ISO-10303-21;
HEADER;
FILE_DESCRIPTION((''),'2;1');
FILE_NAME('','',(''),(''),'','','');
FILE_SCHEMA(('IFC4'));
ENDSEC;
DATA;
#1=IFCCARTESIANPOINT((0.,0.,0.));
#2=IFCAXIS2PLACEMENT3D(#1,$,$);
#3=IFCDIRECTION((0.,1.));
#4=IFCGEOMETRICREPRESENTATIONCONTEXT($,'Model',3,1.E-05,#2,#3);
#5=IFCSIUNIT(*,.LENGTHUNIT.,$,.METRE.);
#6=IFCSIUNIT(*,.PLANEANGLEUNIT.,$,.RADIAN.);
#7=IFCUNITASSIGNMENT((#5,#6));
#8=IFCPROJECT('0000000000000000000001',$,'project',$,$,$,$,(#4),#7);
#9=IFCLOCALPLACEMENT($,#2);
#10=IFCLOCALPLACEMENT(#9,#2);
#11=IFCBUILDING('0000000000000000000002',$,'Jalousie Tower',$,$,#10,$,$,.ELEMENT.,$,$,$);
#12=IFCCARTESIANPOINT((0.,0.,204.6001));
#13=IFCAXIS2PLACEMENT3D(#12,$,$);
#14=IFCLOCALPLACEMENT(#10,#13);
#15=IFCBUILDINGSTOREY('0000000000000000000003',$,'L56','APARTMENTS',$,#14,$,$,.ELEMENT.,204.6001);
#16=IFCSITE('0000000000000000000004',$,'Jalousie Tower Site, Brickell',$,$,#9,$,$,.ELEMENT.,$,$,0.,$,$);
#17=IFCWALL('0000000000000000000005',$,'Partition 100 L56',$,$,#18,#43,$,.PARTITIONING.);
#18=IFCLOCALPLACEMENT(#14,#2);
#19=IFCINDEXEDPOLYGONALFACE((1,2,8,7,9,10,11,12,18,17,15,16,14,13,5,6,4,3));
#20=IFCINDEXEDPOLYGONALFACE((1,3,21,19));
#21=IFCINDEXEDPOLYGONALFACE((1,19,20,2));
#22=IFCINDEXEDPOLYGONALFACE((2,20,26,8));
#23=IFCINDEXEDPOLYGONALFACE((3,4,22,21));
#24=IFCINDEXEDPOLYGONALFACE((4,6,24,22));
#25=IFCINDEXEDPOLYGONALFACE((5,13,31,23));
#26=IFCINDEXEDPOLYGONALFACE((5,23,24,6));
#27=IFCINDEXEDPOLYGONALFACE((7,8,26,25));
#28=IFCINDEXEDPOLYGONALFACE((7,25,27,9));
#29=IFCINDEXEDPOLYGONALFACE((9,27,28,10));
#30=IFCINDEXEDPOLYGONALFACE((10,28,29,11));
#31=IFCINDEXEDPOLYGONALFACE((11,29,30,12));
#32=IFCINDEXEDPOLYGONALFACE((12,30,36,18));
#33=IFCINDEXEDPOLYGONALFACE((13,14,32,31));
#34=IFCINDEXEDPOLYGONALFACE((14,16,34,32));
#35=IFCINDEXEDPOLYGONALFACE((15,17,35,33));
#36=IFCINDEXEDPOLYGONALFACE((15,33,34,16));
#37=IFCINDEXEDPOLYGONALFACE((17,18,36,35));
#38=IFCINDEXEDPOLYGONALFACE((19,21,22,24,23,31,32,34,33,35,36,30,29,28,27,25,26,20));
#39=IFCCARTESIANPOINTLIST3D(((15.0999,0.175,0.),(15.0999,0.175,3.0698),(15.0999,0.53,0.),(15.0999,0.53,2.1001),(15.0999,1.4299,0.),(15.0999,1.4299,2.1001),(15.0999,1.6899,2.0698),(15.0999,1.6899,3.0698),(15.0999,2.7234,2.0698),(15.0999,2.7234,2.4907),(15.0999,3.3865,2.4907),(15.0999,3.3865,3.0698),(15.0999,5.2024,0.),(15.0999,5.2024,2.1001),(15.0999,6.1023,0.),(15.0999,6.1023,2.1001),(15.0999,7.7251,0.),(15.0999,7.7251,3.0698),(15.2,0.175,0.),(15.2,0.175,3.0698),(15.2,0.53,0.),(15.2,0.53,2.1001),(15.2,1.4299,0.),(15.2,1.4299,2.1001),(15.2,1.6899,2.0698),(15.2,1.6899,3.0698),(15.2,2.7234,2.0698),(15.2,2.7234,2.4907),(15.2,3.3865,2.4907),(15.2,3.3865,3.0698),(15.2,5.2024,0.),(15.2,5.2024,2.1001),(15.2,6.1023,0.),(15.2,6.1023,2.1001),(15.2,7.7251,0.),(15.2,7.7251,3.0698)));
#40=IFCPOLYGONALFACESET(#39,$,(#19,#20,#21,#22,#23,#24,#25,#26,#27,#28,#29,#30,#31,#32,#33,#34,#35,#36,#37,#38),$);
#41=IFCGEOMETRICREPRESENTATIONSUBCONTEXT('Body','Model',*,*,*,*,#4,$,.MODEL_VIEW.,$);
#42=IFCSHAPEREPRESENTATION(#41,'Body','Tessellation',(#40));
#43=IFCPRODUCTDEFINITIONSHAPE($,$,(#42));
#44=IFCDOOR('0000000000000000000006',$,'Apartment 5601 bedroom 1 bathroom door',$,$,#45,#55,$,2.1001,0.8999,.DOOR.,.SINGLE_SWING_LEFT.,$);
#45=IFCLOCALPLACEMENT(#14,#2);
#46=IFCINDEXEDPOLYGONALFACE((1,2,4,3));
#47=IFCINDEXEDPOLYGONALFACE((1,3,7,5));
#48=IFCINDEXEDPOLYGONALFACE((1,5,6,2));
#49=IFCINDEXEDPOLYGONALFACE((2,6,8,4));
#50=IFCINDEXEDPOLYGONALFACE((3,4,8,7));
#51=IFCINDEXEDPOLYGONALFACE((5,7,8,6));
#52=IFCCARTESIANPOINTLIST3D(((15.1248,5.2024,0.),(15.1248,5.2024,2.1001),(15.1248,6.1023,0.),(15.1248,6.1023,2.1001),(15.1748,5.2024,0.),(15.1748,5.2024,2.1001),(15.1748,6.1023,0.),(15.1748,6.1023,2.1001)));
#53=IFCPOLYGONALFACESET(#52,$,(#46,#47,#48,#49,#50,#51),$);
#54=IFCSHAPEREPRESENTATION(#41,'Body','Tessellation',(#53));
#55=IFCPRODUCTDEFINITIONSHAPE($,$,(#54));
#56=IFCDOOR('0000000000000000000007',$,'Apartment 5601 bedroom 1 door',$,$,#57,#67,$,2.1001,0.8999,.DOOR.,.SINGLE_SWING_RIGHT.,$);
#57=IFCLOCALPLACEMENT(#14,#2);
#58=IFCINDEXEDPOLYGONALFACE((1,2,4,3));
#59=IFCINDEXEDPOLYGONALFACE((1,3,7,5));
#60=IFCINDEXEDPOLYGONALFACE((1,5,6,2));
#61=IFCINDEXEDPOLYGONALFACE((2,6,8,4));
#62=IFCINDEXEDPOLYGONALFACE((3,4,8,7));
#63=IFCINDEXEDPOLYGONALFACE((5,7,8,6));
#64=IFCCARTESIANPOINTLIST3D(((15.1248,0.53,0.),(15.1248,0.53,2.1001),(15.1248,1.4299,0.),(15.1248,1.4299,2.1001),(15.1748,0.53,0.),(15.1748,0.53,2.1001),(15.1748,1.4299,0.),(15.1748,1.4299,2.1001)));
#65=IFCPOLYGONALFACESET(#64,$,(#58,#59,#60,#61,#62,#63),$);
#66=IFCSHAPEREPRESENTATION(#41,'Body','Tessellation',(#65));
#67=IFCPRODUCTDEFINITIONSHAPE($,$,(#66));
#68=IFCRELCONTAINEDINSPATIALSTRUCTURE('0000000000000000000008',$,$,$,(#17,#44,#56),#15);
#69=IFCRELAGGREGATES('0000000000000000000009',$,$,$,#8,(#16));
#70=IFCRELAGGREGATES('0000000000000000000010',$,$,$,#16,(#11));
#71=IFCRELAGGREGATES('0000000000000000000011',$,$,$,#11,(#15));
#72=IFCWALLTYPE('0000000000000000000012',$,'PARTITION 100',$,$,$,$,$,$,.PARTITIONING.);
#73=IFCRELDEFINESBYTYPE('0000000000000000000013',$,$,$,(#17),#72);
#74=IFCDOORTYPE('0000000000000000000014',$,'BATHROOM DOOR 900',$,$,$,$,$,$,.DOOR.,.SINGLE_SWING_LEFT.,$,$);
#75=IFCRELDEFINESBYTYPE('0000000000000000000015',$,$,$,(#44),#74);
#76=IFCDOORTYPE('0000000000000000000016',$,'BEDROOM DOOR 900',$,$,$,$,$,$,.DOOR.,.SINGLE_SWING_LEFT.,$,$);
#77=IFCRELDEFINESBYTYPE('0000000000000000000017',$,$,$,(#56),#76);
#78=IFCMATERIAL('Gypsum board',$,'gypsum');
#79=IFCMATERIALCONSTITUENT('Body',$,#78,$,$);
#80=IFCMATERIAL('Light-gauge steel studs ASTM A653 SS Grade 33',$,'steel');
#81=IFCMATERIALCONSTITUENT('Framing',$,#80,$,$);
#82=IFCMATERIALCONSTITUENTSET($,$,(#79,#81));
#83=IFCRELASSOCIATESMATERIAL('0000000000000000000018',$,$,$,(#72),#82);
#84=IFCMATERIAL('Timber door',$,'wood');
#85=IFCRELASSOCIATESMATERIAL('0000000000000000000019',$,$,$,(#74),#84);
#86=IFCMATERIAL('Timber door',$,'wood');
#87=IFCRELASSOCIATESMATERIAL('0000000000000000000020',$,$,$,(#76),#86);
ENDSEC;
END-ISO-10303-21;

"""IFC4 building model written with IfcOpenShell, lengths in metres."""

from ifc_helpers import new_model, si_unit, direction, frame, frame_2d, origin, place, context, subcontext, project, spatial, polyline, rectangle, outline, extrude, material, constituent, constituent_set, type_object, element, fill, save


model = new_model("IFC4")

# Units and contexts
model_context = context("Model", 3, precision=1e-05, world=origin(), true_north=direction((0.0, 1.0)))
body_context = subcontext(model_context, "Body", "Model", "MODEL_VIEW")
ifc_project = project(units=[si_unit("LENGTHUNIT", "METRE"), si_unit("PLANEANGLEUNIT", "RADIAN")], contexts=[model_context])

# Site, building, storey
site_placement = place(None, origin())
site = spatial("IfcSite", under=ifc_project, at=site_placement, Name="Jalousie Tower Site, Brickell", CompositionType="ELEMENT", RefElevation=0.0)
building_placement = place(site_placement, origin())
building = spatial("IfcBuilding", under=site, at=building_placement, Name="Jalousie Tower", CompositionType="ELEMENT")
storey_placement = place(building_placement, frame((0.0, 0.0, 204.6001)))
storey = spatial("IfcBuildingStorey", under=building, at=storey_placement, Name="L56", Description="APARTMENTS", CompositionType="ELEMENT", Elevation=204.6001)

# Wall, openings, doors
ifc_material_1 = material(Name="Gypsum board", Category="gypsum")
ifc_constituent_1 = constituent(ifc_material_1, Name="Body")
ifc_material_2 = material(Name="Light-gauge steel studs ASTM A653 SS Grade 33", Category="steel")
ifc_constituent_2 = constituent(ifc_material_2, Name="Framing")
ifc_constituent_set_1 = constituent_set(constituents=[ifc_constituent_1, ifc_constituent_2])
wall_type_1 = type_object("IfcWallType", Name="PARTITION 100", PredefinedType="PARTITIONING", material=ifc_constituent_set_1)
wall_1_placement = place(storey_placement, frame((15.1499, 0.175, 0.0), z_axis=(0.0, 0.0, 1.0), x_axis=(0.0, 1.0, 0.0)))
wall_1 = element("IfcWall", 1, at=wall_1_placement, inside=storey, type_object=wall_type_1, Name="Partition 100 L56", PredefinedType="PARTITIONING", context=body_context, shape_type="SweptSolid", body=[
    extrude(outline(polyline([(0.0, 0.0), (7.55, 0.0), (7.55, 3.0698), (3.2114, 3.0698), (3.2114, 2.4907), (2.5483, 2.4907), (2.5483, 2.0698), (1.5149, 2.0698), (1.5149, 3.0698), (0.0, 3.0698), (0.0, 0.0)])), frame((0.0, 0.05, 0.0), z_axis=(0.0, -1.0, 0.0), x_axis=(1.0, 0.0, 0.0)), (0.0, 0.0, 1.0), 0.1001),
])
opening_1_placement = place(wall_1_placement, frame((0.355, 0.0, 0.0)))
opening_1 = element("IfcOpeningElement", 2, at=opening_1_placement, cuts=wall_1, PredefinedType="OPENING", context=body_context, shape_type="SweptSolid", body=[
    extrude(rectangle(XDim=0.8999, YDim=2.1001, at=frame_2d((0.45, 1.05))), frame((0.0, 0.0601, 0.0), z_axis=(0.0, -1.0, 0.0), x_axis=(1.0, 0.0, 0.0)), (0.0, 0.0, 1.0), 0.1201),
])
opening_2_placement = place(wall_1_placement, frame((5.0273, 0.0, 0.0)))
opening_2 = element("IfcOpeningElement", 3, at=opening_2_placement, cuts=wall_1, PredefinedType="OPENING", context=body_context, shape_type="SweptSolid", body=[
    extrude(rectangle(XDim=0.8999, YDim=2.1001, at=frame_2d((0.45, 1.05))), frame((0.0, 0.0601, 0.0), z_axis=(0.0, -1.0, 0.0), x_axis=(1.0, 0.0, 0.0)), (0.0, 0.0, 1.0), 0.1201),
])
ifc_material_3 = material(Name="Timber door", Category="wood")
door_type_1 = type_object("IfcDoorType", Name="BATHROOM DOOR 900", OperationType="SINGLE_SWING_LEFT", PredefinedType="DOOR", material=ifc_material_3)
door_1_placement = place(opening_2_placement, frame((0.8999, 0.0, 0.0), z_axis=(0.0, 0.0, 1.0), x_axis=(-1.0, 0.0, 0.0)))
door_1 = element("IfcDoor", 4, at=door_1_placement, inside=storey, type_object=door_type_1, Name="Apartment 5601 bedroom 1 bathroom door", OperationType="SINGLE_SWING_LEFT", OverallHeight=2.1001, OverallWidth=0.8999, PredefinedType="DOOR", context=body_context, shape_type="SweptSolid", body=[
    extrude(rectangle(XDim=0.8999, YDim=2.1001, at=frame_2d((0.45, 1.05))), frame((0.0, 0.0249, 0.0), z_axis=(0.0, -1.0, 0.0), x_axis=(1.0, 0.0, 0.0)), (0.0, 0.0, 1.0), 0.05),
])
fill(opening_2, door_1)
ifc_material_4 = material(Name="Timber door", Category="wood")
door_type_2 = type_object("IfcDoorType", Name="BEDROOM DOOR 900", OperationType="SINGLE_SWING_LEFT", PredefinedType="DOOR", material=ifc_material_4)
door_2_placement = place(opening_1_placement, frame((0.8999, 0.0, 0.0), z_axis=(0.0, 0.0, 1.0), x_axis=(-1.0, 0.0, 0.0)))
door_2 = element("IfcDoor", 5, at=door_2_placement, inside=storey, type_object=door_type_2, Name="Apartment 5601 bedroom 1 door", OperationType="SINGLE_SWING_RIGHT", OverallHeight=2.1001, OverallWidth=0.8999, PredefinedType="DOOR", context=body_context, shape_type="SweptSolid", body=[
    extrude(rectangle(XDim=0.8999, YDim=2.1001, at=frame_2d((0.45, 1.05))), frame((0.0, 0.0249, 0.0), z_axis=(0.0, -1.0, 0.0), x_axis=(1.0, 0.0, 0.0)), (0.0, 0.0, 1.0), 0.05),
])
fill(opening_1, door_2)

save(model, "model.ifc")
